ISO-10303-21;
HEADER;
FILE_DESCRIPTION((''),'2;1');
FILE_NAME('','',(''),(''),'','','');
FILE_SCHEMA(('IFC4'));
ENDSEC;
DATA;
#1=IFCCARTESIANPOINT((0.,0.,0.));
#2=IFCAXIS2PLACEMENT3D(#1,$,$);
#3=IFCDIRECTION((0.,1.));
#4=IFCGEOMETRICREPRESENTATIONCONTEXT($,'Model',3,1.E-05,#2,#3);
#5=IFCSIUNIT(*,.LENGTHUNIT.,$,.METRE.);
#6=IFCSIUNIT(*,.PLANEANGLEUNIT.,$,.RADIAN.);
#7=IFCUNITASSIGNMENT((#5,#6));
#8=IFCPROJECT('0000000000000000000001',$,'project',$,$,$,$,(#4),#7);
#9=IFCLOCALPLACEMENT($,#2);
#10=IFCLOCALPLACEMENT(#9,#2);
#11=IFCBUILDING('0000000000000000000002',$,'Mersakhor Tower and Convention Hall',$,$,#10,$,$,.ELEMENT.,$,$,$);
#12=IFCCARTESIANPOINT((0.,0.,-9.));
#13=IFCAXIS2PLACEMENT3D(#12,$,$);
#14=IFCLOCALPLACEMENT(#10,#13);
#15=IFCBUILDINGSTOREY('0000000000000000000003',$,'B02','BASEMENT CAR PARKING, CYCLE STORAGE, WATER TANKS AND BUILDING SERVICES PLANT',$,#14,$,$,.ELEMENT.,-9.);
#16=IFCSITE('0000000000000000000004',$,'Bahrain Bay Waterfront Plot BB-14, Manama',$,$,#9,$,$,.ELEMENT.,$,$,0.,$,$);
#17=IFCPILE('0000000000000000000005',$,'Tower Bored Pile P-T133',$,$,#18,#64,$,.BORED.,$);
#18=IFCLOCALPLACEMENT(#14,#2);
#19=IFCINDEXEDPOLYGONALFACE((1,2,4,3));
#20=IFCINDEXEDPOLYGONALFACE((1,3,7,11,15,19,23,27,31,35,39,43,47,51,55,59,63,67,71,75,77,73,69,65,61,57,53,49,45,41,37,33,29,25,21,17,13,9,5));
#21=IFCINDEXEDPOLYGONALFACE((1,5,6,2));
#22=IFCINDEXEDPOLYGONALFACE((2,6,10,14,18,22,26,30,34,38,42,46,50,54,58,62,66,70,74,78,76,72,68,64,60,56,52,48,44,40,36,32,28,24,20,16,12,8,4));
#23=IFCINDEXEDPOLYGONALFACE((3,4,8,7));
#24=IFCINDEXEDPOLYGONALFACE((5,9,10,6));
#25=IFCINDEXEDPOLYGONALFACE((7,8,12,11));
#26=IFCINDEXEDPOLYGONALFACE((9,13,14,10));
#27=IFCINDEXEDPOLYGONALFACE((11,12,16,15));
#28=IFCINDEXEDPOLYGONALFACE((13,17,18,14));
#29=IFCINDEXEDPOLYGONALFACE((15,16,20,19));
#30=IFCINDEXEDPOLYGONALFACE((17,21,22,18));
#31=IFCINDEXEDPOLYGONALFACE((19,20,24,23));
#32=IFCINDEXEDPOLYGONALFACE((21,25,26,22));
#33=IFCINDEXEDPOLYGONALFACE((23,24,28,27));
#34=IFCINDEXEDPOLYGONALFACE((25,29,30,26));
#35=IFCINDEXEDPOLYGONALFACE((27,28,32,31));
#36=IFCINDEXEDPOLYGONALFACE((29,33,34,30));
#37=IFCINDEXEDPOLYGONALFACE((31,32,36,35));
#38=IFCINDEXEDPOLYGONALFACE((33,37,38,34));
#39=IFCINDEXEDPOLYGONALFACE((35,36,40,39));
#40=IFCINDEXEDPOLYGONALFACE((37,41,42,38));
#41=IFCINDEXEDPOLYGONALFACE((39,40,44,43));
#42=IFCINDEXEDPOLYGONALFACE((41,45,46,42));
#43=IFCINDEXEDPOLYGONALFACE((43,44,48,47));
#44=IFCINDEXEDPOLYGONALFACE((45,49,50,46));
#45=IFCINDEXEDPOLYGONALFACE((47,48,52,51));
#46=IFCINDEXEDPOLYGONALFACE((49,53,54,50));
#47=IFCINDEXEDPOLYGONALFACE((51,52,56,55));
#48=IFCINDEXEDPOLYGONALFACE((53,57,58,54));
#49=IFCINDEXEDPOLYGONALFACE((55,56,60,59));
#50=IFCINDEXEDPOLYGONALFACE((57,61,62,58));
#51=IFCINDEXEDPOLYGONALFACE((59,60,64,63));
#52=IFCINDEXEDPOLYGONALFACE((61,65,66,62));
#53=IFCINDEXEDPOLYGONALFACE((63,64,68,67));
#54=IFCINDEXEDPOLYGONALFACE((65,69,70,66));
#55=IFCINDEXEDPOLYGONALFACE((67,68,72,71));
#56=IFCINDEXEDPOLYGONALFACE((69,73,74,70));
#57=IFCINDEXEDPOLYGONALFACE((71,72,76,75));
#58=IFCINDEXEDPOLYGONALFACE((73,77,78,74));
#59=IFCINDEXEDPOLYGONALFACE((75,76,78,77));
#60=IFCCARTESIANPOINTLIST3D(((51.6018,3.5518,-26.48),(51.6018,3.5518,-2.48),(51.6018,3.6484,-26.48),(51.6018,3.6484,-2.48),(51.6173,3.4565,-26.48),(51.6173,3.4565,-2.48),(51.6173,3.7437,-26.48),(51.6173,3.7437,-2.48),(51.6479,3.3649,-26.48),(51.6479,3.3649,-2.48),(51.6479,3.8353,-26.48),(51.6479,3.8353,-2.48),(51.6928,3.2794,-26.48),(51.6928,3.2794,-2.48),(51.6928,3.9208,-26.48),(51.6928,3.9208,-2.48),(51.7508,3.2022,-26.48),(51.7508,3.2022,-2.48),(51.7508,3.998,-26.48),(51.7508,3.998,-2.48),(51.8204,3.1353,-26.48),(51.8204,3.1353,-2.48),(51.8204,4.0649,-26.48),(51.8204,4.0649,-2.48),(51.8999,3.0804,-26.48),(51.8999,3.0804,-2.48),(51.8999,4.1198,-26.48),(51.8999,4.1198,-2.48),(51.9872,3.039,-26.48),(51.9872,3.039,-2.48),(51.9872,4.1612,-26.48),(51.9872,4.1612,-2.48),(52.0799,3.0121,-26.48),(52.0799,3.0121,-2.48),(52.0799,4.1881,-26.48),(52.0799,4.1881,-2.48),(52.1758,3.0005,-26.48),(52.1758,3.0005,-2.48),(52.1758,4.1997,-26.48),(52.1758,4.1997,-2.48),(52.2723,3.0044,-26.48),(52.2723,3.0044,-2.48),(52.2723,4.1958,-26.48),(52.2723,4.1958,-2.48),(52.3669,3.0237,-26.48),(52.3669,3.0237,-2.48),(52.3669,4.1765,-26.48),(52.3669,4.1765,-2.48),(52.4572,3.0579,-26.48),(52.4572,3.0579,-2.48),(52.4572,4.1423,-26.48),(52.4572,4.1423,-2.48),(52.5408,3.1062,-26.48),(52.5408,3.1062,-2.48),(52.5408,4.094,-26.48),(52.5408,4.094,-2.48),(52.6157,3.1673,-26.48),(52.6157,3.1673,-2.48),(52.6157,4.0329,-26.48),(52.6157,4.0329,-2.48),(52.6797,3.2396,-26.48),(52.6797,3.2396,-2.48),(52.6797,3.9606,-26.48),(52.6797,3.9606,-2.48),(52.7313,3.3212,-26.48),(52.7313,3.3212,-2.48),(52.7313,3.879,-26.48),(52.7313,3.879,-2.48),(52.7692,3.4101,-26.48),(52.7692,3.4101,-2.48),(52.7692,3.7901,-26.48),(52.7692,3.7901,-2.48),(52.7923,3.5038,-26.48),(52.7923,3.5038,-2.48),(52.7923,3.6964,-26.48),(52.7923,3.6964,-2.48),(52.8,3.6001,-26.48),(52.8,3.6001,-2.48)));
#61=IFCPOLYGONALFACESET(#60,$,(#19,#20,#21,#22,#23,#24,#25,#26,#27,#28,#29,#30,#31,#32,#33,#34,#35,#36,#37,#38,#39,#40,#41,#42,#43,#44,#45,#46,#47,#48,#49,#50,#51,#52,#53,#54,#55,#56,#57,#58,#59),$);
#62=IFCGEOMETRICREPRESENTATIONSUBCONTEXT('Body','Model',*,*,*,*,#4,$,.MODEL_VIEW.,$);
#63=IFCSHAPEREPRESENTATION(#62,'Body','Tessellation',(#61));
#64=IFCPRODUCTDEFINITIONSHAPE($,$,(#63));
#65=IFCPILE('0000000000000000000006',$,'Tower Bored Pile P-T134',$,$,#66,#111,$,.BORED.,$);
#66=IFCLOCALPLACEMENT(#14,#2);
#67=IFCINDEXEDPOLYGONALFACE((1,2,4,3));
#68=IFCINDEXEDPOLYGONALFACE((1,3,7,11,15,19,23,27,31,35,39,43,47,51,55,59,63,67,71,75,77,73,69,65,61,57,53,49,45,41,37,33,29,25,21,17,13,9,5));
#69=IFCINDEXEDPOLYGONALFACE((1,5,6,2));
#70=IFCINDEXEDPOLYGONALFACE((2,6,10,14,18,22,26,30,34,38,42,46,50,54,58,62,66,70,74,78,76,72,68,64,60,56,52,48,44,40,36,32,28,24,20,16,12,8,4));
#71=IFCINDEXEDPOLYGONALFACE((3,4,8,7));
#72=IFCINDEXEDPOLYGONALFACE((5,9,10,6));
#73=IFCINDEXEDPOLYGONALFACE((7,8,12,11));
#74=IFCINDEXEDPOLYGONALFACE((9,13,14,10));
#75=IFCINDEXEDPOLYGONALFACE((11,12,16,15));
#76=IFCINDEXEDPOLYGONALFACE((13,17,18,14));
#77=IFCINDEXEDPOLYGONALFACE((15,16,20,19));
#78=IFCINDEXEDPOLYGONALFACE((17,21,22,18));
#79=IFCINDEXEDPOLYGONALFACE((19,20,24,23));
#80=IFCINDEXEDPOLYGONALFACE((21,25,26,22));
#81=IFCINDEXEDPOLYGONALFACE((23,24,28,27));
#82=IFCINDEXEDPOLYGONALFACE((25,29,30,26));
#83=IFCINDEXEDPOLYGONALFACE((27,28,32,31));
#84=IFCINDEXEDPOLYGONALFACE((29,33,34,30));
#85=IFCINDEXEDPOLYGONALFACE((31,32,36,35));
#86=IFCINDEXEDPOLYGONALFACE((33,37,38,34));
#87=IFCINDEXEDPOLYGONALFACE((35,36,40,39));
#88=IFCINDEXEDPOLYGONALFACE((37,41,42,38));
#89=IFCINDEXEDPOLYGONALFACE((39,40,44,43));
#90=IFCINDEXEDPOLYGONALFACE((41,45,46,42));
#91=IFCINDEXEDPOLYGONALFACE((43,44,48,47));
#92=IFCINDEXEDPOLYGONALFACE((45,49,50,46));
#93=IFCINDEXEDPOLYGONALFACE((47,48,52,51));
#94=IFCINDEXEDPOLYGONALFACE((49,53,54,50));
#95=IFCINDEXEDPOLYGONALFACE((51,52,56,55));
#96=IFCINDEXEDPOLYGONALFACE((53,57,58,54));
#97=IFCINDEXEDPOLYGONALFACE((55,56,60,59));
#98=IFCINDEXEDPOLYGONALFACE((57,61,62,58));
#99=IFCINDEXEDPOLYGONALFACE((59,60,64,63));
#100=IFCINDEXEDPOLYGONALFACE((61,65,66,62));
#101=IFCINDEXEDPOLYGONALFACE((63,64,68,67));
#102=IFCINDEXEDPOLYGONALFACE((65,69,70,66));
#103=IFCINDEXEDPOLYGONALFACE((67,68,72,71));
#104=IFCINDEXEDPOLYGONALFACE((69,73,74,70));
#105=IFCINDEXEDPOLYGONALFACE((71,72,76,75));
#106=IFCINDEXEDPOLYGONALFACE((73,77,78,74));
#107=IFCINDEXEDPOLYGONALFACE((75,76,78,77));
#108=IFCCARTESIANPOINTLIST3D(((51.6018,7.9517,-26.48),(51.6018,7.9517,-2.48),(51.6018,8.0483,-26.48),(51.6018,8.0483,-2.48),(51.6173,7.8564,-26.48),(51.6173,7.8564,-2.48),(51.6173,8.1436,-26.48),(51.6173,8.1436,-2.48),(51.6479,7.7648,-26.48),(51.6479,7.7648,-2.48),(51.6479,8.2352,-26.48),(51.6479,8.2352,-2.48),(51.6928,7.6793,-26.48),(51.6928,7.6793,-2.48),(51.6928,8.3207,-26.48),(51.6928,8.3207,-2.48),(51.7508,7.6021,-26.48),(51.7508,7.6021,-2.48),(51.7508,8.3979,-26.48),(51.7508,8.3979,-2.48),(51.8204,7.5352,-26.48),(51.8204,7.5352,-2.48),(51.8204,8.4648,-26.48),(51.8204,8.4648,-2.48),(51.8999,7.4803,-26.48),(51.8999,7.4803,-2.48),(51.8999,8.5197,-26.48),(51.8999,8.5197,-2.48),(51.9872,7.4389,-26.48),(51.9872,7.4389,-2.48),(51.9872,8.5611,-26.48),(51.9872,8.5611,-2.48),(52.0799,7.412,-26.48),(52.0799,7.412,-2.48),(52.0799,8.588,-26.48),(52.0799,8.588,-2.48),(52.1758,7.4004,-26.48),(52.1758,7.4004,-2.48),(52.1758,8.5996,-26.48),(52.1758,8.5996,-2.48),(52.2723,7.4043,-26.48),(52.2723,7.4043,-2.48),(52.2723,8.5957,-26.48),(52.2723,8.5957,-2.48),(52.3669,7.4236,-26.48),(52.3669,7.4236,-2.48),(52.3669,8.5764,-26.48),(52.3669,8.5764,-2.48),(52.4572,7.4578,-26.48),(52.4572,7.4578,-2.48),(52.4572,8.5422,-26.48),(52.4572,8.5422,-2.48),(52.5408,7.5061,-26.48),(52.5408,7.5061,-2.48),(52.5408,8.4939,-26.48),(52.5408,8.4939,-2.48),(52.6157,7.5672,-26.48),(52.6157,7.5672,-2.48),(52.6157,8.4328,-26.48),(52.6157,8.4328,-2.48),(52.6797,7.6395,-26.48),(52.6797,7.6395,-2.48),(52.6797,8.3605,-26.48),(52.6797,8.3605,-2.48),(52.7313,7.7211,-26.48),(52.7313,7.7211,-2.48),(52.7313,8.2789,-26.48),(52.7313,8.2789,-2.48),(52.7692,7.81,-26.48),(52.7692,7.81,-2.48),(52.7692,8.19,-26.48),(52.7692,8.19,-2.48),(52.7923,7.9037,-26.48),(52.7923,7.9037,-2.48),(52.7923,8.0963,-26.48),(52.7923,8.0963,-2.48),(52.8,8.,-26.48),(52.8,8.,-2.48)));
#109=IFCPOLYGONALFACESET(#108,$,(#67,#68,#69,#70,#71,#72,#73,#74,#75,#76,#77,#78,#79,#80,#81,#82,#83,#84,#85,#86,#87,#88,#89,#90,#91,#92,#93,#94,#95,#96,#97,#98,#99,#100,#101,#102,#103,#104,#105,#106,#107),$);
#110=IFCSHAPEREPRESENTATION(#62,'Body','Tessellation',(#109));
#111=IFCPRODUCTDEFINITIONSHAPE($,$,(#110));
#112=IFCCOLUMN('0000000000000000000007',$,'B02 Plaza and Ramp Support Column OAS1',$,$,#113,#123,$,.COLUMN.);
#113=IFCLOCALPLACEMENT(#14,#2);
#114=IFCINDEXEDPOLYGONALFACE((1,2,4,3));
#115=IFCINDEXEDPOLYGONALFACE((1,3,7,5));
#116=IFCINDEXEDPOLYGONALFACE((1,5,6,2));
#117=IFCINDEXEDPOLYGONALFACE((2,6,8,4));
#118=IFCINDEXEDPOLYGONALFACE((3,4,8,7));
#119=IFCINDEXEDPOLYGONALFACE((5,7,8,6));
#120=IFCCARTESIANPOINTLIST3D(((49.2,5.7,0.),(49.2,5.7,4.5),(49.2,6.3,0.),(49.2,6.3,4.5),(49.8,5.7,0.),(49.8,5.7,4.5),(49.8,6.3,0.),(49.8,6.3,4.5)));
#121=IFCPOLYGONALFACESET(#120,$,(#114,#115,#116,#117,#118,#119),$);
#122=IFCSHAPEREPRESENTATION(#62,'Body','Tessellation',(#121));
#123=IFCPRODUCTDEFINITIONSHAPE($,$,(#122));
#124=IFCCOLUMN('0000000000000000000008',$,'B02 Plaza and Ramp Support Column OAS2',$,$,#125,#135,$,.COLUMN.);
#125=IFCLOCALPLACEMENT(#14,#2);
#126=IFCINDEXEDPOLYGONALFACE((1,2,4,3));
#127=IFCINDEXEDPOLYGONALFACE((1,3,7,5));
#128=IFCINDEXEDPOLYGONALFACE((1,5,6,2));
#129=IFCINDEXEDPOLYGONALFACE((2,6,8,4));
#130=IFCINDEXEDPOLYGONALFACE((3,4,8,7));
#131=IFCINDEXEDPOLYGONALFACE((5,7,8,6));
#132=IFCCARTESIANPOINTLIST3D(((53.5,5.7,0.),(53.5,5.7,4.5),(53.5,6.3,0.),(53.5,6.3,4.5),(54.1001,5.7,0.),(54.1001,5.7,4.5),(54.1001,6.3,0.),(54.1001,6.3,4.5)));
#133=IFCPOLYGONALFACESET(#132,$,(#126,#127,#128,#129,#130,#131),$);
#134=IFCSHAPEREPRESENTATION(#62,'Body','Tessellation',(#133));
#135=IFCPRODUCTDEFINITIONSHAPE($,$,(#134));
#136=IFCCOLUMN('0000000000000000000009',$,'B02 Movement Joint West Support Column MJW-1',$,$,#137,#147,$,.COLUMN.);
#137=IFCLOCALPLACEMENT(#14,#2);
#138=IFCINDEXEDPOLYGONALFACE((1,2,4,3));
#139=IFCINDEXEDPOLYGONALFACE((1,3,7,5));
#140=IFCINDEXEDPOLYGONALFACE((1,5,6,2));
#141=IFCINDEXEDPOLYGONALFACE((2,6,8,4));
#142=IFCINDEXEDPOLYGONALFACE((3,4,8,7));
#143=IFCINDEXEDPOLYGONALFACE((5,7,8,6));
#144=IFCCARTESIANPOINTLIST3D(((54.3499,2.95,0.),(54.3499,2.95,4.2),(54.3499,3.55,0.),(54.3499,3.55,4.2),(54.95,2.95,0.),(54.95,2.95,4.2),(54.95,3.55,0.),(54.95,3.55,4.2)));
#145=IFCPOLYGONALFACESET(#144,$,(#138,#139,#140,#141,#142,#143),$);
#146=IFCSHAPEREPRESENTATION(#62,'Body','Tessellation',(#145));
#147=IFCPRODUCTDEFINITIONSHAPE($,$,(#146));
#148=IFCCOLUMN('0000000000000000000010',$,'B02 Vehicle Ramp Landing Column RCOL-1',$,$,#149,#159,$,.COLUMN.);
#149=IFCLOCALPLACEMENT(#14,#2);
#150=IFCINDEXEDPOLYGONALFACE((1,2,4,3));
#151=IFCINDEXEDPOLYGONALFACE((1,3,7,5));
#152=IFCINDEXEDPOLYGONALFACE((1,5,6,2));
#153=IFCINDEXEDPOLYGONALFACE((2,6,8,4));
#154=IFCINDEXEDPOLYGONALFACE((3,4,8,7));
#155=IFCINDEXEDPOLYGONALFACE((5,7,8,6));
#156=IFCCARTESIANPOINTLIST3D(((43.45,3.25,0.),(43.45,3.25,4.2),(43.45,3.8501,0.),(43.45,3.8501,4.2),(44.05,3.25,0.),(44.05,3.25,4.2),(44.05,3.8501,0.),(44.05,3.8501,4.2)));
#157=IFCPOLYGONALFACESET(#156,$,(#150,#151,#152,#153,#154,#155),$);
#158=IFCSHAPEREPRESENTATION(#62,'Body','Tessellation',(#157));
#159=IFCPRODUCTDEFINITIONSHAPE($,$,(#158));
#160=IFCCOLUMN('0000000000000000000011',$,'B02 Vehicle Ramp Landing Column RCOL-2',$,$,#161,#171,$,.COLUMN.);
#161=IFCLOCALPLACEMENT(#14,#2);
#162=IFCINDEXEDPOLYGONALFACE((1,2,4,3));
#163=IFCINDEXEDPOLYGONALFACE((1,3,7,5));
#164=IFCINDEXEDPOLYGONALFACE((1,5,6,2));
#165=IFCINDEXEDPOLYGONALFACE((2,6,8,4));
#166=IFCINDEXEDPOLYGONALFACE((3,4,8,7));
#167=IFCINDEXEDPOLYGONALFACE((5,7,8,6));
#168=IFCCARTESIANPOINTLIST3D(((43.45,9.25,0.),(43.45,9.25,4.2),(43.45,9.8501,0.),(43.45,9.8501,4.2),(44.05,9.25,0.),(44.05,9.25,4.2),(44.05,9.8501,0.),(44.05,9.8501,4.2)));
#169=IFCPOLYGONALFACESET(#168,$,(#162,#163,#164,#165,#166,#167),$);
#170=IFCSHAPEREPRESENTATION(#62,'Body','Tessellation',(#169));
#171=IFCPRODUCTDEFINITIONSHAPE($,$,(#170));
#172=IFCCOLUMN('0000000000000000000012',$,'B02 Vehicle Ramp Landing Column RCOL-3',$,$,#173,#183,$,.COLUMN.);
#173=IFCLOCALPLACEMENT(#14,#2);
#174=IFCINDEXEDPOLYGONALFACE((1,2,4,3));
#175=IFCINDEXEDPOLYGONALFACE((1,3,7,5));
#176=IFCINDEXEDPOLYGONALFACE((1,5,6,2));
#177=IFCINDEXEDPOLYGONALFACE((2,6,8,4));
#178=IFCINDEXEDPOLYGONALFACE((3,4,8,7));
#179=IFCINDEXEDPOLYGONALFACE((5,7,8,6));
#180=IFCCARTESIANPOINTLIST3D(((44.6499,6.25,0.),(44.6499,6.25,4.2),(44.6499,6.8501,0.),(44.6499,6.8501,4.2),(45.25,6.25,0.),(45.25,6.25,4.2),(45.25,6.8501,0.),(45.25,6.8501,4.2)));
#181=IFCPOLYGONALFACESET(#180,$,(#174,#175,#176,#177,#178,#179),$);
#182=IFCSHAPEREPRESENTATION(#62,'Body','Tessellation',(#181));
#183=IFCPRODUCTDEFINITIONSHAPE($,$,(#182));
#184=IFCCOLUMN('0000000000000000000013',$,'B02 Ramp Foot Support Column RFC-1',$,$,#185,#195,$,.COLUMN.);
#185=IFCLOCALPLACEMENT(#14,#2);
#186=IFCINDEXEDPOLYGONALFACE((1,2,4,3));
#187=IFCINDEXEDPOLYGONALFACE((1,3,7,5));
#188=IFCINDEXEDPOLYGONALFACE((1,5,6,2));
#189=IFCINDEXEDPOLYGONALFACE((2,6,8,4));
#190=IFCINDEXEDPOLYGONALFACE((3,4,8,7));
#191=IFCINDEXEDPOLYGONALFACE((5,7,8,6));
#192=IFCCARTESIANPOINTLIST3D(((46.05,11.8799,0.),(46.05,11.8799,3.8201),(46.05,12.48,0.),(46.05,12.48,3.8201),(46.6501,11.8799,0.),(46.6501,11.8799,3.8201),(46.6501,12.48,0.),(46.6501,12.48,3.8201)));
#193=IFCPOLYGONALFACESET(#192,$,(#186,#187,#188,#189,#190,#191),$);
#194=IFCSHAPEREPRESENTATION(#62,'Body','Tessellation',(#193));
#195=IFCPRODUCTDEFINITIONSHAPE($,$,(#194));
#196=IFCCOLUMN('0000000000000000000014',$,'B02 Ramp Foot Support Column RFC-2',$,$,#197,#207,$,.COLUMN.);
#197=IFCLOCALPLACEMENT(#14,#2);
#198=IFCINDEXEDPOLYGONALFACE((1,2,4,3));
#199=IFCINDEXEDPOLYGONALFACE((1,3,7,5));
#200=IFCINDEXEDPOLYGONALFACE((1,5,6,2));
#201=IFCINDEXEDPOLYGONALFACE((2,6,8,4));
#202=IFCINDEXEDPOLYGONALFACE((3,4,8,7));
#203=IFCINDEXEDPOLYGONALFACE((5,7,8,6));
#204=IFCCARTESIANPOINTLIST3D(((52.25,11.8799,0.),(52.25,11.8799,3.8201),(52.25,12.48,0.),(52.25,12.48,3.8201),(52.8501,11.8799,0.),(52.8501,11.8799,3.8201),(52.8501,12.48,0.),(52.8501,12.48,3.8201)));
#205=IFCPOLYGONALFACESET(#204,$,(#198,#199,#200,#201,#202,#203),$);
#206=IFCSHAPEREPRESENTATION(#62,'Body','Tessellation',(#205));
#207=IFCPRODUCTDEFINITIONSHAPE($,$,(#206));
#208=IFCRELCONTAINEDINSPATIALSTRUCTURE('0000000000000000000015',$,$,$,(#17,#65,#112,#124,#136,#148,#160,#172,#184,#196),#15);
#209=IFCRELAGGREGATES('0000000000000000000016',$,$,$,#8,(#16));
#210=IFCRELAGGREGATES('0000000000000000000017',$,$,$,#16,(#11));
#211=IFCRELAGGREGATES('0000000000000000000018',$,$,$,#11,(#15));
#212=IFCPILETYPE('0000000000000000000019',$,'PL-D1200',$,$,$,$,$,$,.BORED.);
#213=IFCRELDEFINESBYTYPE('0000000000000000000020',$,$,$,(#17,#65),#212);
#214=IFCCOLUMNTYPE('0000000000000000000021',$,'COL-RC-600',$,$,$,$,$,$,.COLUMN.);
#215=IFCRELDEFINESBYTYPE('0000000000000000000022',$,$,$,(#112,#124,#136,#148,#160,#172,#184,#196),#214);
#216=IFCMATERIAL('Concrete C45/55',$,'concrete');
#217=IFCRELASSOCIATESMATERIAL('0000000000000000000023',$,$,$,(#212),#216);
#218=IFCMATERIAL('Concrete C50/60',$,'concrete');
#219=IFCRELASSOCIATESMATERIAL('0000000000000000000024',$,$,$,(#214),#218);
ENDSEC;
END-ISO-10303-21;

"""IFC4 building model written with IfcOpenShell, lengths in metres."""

from ifc_helpers import new_model, si_unit, direction, frame, origin, origin_2d, place, context, subcontext, project, spatial, rectangle, circle, extrude, material, material_profile, profile_set, type_object, element, save


model = new_model("IFC4")

# Units and contexts
model_context = context("Model", 3, precision=1e-05, world=origin(), true_north=direction((0.0, 1.0)))
body_context = subcontext(model_context, "Body", "Model", "MODEL_VIEW")
ifc_project = project(units=[si_unit("LENGTHUNIT", "METRE"), si_unit("PLANEANGLEUNIT", "RADIAN")], contexts=[model_context])

# Site, building, storey
site_placement = place(None, origin())
site = spatial("IfcSite", under=ifc_project, at=site_placement, Name="Bahrain Bay Waterfront Plot BB-14, Manama", CompositionType="ELEMENT", RefElevation=0.0)
building_placement = place(site_placement, origin())
building = spatial("IfcBuilding", under=site, at=building_placement, Name="Mersakhor Tower and Convention Hall", CompositionType="ELEMENT")
storey_placement = place(building_placement, frame((0.0, 0.0, -9.0)))
storey = spatial("IfcBuildingStorey", under=building, at=storey_placement, Name="B02", Description="BASEMENT CAR PARKING, CYCLE STORAGE, WATER TANKS AND BUILDING SERVICES PLANT", CompositionType="ELEMENT", Elevation=-9.0)

# Piles
ifc_material_1 = material(Name="Concrete C45/55", Category="concrete")
ifc_material_profile_1 = material_profile(ifc_material_1, circle(Radius=0.6001, at=origin_2d()), Name="PILE D1200")
ifc_profile_set_1 = profile_set([ifc_material_profile_1], Name="Concrete C45/55")
pile_type_1 = type_object("IfcPileType", Name="PL-D1200", PredefinedType="BORED", material=ifc_profile_set_1)
for number, where, z_axis, x_axis, name in (
    (1, (52.2, 3.6001, -2.48), (0.0, 0.0, -1.0), (1.0, 0.0, 0.0), "Tower Bored Pile P-T133"),
    (2, (52.2, 8.0, -2.48), (0.0, 0.0, -1.0), (1.0, 0.0, 0.0), "Tower Bored Pile P-T134"),
):
    element("IfcPile", number, at=place(storey_placement, frame(where, z_axis=z_axis, x_axis=x_axis)), inside=storey, type_object=pile_type_1, Name=name, PredefinedType="BORED", context=body_context, shape_type="SweptSolid", body=[
        extrude(circle(Radius=0.6001, at=origin_2d()), origin(), (0.0, 0.0, 1.0), 24.0),
    ])

# Columns
ifc_material_2 = material(Name="Concrete C50/60", Category="concrete")
ifc_material_profile_2 = material_profile(ifc_material_2, rectangle(XDim=0.6001, YDim=0.6001, at=origin_2d()), Name="RC 600x600")
ifc_profile_set_2 = profile_set([ifc_material_profile_2], Name="Concrete C50/60")
column_type_1 = type_object("IfcColumnType", Name="COL-RC-600", PredefinedType="COLUMN", material=ifc_profile_set_2)
for number, where, z_axis, x_axis, name in (
    (3, (49.5, 6.0, 0.0), (0.0, 0.0, 1.0), (1.0, 0.0, 0.0), "B02 Plaza and Ramp Support Column OAS1"),
    (4, (53.8, 6.0, 0.0), (0.0, 0.0, 1.0), (1.0, 0.0, 0.0), "B02 Plaza and Ramp Support Column OAS2"),
):
    element("IfcColumn", number, at=place(storey_placement, frame(where, z_axis=z_axis, x_axis=x_axis)), inside=storey, type_object=column_type_1, Name=name, PredefinedType="COLUMN", context=body_context, shape_type="SweptSolid", body=[
        extrude(rectangle(XDim=0.6001, YDim=0.6001, at=origin_2d()), origin(), (0.0, 0.0, 1.0), 4.5),
    ])
for number, where, z_axis, x_axis, name in (
    (5, (54.6499, 3.25, 0.0), (0.0, 0.0, 1.0), (1.0, 0.0, 0.0), "B02 Movement Joint West Support Column MJW-1"),
    (6, (43.75, 3.55, 0.0), (0.0, 0.0, 1.0), (1.0, 0.0, 0.0), "B02 Vehicle Ramp Landing Column RCOL-1"),
    (7, (43.75, 9.55, 0.0), (0.0, 0.0, 1.0), (1.0, 0.0, 0.0), "B02 Vehicle Ramp Landing Column RCOL-2"),
    (8, (44.95, 6.55, 0.0), (0.0, 0.0, 1.0), (1.0, 0.0, 0.0), "B02 Vehicle Ramp Landing Column RCOL-3"),
):
    element("IfcColumn", number, at=place(storey_placement, frame(where, z_axis=z_axis, x_axis=x_axis)), inside=storey, type_object=column_type_1, Name=name, PredefinedType="COLUMN", context=body_context, shape_type="SweptSolid", body=[
        extrude(rectangle(XDim=0.6001, YDim=0.6001, at=origin_2d()), origin(), (0.0, 0.0, 1.0), 4.2),
    ])
for number, where, z_axis, x_axis, name in (
    (9, (46.3501, 12.1799, 0.0), (0.0, 0.0, 1.0), (1.0, 0.0, 0.0), "B02 Ramp Foot Support Column RFC-1"),
    (10, (52.55, 12.1799, 0.0), (0.0, 0.0, 1.0), (1.0, 0.0, 0.0), "B02 Ramp Foot Support Column RFC-2"),
):
    element("IfcColumn", number, at=place(storey_placement, frame(where, z_axis=z_axis, x_axis=x_axis)), inside=storey, type_object=column_type_1, Name=name, PredefinedType="COLUMN", context=body_context, shape_type="SweptSolid", body=[
        extrude(rectangle(XDim=0.6001, YDim=0.6001, at=origin_2d()), origin(), (0.0, 0.0, 1.0), 3.8201),
    ])

save(model, "model.ifc")
